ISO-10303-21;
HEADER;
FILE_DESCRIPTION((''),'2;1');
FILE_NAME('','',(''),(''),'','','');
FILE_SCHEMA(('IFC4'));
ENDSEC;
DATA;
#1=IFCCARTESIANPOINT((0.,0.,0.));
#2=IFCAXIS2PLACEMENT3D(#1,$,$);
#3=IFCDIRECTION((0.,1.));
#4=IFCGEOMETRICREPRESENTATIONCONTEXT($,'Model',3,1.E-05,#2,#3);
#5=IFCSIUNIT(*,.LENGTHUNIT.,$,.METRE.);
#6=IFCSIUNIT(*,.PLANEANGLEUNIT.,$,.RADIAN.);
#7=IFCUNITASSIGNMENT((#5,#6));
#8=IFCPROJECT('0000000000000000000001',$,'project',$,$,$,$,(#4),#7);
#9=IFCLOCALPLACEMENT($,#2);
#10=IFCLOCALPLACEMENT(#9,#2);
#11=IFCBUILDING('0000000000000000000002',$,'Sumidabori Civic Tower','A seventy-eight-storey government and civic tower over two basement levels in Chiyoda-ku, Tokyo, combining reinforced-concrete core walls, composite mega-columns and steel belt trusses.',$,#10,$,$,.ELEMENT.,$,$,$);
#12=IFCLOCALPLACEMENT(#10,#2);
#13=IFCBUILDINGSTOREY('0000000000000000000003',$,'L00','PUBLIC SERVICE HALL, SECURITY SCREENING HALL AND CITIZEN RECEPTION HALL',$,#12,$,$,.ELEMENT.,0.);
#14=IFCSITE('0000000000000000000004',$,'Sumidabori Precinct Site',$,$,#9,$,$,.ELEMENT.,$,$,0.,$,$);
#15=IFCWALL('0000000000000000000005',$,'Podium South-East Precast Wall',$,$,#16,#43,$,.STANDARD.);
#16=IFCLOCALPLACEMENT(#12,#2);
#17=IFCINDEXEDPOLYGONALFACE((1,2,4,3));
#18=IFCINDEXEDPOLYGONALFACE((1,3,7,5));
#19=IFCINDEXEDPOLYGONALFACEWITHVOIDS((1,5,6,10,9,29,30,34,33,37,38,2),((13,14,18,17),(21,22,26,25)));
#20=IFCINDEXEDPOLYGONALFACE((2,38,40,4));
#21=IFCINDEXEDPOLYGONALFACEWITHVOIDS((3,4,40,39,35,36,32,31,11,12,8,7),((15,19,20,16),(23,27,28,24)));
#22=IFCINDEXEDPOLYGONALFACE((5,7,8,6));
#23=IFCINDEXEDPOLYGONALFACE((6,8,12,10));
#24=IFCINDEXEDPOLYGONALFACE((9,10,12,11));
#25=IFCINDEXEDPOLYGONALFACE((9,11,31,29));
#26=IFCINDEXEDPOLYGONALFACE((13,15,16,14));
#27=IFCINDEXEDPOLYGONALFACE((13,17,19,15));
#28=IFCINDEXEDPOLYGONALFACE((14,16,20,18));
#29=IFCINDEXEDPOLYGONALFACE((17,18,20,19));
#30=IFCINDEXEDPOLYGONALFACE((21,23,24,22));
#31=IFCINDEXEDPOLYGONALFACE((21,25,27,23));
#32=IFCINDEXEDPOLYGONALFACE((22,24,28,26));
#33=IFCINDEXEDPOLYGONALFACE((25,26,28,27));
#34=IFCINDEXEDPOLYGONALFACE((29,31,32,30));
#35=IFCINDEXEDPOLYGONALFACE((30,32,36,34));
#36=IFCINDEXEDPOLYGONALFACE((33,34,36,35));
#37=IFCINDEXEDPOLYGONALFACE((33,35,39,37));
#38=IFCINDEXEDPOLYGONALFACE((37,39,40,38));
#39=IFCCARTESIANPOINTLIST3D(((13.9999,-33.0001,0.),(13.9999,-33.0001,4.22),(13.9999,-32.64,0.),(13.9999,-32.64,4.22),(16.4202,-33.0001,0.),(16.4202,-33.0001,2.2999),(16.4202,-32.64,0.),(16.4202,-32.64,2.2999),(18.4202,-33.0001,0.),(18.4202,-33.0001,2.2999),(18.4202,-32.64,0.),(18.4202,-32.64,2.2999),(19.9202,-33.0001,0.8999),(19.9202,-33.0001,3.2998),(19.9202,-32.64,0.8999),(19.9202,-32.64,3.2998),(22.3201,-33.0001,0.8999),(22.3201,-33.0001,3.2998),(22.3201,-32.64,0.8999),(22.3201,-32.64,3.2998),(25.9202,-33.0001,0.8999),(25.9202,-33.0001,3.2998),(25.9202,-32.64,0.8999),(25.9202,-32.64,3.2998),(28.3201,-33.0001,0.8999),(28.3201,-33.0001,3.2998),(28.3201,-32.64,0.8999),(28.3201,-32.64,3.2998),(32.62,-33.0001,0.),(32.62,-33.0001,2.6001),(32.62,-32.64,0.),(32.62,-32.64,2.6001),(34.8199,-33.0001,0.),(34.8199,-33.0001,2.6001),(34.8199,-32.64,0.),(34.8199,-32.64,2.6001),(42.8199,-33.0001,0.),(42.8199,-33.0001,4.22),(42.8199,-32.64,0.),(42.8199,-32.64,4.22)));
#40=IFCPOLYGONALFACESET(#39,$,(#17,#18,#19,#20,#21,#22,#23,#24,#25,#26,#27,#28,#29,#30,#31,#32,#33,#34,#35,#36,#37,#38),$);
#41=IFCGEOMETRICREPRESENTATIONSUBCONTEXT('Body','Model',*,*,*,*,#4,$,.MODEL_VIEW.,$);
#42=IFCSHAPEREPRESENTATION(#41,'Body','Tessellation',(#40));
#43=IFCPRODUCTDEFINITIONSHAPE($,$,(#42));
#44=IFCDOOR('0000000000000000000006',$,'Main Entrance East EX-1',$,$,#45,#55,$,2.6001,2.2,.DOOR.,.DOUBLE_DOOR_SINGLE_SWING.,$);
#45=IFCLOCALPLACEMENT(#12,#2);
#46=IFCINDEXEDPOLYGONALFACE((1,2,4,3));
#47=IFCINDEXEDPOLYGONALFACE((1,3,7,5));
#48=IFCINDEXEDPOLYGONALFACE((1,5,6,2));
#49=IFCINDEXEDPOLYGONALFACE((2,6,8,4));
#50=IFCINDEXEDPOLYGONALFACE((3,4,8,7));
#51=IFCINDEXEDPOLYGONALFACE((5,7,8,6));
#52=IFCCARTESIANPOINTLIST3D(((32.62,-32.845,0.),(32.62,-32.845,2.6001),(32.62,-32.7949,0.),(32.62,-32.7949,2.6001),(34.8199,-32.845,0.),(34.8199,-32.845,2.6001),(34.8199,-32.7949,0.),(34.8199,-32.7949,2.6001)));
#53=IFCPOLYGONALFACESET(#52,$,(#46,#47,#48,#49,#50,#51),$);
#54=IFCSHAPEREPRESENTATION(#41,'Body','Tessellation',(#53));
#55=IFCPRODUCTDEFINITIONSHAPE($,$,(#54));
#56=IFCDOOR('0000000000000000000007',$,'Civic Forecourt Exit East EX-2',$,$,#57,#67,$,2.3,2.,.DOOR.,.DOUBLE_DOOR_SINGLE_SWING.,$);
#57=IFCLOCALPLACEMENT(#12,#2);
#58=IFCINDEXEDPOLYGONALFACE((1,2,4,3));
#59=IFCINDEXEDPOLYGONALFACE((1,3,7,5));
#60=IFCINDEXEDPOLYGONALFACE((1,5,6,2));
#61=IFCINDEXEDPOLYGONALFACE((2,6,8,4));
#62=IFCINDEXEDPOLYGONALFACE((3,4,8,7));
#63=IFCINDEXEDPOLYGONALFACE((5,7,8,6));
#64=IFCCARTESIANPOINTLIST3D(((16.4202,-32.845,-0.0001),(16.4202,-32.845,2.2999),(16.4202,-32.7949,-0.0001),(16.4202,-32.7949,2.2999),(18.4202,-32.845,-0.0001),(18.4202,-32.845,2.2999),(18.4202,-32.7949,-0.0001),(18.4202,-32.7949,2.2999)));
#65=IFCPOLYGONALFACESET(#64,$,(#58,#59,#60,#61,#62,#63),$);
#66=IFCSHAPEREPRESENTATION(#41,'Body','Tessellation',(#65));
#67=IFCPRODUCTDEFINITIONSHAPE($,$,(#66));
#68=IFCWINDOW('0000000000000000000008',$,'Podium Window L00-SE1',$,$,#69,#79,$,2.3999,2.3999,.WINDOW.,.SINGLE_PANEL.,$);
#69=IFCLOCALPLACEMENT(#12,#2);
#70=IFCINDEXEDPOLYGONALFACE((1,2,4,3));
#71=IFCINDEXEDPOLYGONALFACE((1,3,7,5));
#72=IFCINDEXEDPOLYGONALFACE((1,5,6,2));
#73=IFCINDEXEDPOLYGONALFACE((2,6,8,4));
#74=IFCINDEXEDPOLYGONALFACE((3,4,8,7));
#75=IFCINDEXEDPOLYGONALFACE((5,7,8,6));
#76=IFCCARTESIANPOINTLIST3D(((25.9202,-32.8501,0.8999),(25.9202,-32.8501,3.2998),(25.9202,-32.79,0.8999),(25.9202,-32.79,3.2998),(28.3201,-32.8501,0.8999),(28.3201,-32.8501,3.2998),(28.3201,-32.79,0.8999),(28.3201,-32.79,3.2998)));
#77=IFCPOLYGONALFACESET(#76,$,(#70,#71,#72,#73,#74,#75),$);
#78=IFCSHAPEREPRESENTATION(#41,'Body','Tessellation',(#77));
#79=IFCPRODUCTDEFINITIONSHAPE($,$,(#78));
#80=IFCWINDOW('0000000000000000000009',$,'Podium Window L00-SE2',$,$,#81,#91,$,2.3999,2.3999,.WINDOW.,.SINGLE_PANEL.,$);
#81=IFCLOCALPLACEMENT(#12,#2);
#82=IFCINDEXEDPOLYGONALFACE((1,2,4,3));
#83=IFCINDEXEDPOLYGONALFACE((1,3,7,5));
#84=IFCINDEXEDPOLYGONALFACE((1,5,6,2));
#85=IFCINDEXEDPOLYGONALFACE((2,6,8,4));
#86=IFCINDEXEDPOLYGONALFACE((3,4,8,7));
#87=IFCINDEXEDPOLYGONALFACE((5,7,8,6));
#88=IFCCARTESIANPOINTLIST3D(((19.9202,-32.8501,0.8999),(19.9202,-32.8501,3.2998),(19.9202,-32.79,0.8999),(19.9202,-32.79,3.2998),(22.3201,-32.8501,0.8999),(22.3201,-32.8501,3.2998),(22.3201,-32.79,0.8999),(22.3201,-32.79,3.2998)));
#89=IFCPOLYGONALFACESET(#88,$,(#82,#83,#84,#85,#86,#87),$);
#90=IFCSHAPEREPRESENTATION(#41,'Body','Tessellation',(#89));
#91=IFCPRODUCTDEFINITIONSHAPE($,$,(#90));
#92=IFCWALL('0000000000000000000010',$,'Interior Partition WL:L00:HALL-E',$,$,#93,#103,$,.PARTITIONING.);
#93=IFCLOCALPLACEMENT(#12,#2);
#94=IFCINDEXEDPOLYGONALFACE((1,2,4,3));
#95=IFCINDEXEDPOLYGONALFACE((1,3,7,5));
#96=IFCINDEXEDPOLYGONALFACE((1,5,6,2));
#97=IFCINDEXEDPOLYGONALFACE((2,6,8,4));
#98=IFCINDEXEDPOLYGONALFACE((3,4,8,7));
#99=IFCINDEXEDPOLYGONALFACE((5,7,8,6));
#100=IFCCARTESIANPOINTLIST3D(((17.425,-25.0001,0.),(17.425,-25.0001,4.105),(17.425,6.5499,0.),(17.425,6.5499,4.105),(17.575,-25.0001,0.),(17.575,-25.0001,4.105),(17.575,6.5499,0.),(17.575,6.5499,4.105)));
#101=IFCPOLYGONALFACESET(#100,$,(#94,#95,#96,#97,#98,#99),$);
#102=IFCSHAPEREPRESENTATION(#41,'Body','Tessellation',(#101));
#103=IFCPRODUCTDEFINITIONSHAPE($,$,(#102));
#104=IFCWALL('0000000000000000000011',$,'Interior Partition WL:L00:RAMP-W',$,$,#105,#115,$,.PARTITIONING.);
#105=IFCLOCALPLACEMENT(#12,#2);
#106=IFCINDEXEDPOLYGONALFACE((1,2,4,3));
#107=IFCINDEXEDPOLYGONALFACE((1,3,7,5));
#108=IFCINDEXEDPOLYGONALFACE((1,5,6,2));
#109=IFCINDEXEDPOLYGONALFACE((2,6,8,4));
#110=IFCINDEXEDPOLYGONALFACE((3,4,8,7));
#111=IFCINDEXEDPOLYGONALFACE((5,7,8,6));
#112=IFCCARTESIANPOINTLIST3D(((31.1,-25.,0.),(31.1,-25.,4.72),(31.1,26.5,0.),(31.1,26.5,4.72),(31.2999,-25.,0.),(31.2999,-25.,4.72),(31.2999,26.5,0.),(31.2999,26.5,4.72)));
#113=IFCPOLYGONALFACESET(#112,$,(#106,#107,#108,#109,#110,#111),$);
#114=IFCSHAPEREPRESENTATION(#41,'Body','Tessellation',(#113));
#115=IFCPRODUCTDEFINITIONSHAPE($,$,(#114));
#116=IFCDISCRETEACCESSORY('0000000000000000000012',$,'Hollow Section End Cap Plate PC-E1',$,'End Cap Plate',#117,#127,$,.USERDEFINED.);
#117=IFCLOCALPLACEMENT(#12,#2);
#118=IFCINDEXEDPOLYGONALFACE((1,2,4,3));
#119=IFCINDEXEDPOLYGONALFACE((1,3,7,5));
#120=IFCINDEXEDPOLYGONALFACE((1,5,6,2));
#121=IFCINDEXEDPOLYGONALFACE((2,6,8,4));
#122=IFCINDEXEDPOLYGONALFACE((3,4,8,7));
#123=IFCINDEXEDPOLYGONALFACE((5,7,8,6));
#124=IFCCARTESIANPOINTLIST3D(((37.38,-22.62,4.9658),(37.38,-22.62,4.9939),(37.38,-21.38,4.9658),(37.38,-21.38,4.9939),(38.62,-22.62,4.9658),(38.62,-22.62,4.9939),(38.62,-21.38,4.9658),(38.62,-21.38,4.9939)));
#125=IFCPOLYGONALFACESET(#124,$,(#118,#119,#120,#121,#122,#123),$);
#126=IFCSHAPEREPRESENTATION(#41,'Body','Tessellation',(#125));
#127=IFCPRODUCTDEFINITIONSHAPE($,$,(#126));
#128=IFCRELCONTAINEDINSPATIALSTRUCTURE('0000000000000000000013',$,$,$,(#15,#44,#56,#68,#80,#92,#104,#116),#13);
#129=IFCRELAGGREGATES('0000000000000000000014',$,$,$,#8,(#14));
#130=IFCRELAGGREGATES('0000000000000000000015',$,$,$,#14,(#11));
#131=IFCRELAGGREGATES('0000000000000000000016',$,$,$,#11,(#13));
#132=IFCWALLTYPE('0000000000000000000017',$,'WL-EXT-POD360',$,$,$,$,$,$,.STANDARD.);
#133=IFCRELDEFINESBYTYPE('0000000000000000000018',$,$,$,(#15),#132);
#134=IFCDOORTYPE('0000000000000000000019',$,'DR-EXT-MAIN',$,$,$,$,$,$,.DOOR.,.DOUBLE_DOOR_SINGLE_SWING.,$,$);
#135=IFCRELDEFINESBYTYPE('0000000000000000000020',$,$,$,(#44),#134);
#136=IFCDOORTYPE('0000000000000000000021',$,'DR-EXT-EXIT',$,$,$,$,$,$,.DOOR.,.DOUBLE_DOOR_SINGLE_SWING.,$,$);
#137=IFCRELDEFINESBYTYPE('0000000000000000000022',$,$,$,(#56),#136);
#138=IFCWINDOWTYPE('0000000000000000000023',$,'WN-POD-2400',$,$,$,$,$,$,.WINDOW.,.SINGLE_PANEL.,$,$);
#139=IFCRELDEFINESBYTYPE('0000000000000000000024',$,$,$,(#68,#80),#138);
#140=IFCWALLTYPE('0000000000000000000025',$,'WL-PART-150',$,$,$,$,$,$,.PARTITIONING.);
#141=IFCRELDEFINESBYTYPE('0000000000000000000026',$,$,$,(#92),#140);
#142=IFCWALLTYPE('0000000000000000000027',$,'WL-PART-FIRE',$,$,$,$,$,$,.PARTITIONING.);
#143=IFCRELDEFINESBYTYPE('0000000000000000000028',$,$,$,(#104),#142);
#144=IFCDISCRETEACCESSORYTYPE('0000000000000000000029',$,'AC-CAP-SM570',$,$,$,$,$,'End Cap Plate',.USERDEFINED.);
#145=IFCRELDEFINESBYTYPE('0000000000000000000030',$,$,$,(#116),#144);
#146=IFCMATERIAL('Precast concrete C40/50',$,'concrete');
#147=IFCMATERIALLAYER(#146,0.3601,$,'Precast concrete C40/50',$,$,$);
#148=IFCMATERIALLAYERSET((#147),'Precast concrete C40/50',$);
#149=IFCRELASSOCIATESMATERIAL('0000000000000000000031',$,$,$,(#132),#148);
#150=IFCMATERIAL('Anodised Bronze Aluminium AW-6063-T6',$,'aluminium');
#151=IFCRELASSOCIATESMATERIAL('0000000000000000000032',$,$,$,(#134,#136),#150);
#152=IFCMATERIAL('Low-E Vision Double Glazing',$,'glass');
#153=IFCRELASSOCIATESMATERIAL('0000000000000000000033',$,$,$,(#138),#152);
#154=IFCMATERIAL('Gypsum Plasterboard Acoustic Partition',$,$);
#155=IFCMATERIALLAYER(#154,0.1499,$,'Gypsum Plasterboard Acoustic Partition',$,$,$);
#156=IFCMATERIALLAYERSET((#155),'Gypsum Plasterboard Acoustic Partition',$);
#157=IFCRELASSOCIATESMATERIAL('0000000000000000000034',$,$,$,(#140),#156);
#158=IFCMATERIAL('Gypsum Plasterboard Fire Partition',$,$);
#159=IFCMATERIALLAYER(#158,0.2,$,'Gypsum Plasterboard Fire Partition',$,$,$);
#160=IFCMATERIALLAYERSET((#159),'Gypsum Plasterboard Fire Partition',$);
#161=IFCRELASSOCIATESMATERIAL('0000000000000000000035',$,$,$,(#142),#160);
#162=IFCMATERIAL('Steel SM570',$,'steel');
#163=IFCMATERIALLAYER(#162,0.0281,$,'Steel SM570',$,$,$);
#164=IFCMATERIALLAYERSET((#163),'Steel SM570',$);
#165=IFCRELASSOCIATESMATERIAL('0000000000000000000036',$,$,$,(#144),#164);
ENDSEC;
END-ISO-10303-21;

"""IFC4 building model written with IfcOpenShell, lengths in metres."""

from ifc_helpers import new_model, si_unit, direction, frame, frame_2d, origin, origin_2d, place, context, subcontext, project, spatial, rectangle, extrude, source, transform, mapped, material, layer, layer_set, type_object, element, fill, save


model = new_model("IFC4")

# Units and contexts
model_context = context("Model", 3, precision=1e-05, world=origin(), true_north=direction((0.0, 1.0)))
body_context = subcontext(model_context, "Body", "Model", "MODEL_VIEW")
ifc_project = project(units=[si_unit("LENGTHUNIT", "METRE"), si_unit("PLANEANGLEUNIT", "RADIAN")], contexts=[model_context])

# Site, building, storey
site_placement = place(None, origin())
site = spatial("IfcSite", under=ifc_project, at=site_placement, Name="Sumidabori Precinct Site", CompositionType="ELEMENT", RefElevation=0.0)
building_placement = place(site_placement, origin())
building = spatial("IfcBuilding", under=site, at=building_placement, Name="Sumidabori Civic Tower", Description="A seventy-eight-storey government and civic tower over two basement levels in Chiyoda-ku, Tokyo, combining reinforced-concrete core walls, composite mega-columns and steel belt trusses.", CompositionType="ELEMENT")
storey_placement = place(building_placement, origin())
storey = spatial("IfcBuildingStorey", under=building, at=storey_placement, Name="L00", Description="PUBLIC SERVICE HALL, SECURITY SCREENING HALL AND CITIZEN RECEPTION HALL", CompositionType="ELEMENT", Elevation=0.0)

# Shared definitions
ifc_material_1 = material(Name="Steel SM570", Category="steel")

# Shared definitions
ifc_material_2 = material(Name="Anodised Bronze Aluminium AW-6063-T6", Category="aluminium")
ifc_material_3 = material(Name="Low-E Vision Double Glazing", Category="glass")

# Wall, openings, doors, windows
ifc_material_4 = material(Name="Precast concrete C40/50", Category="concrete")
ifc_layer_1 = layer(ifc_material_4, 0.3601, Name="Precast concrete C40/50")
ifc_layer_set_1 = layer_set([ifc_layer_1], Name="Precast concrete C40/50")
wall_type_1 = type_object("IfcWallType", Name="WL-EXT-POD360", PredefinedType="STANDARD", material=ifc_layer_set_1)
shared_shape_1 = source(origin(), body_context, "Body", "SweptSolid", [
    extrude(rectangle(XDim=28.8201, YDim=0.3601, at=frame_2d((14.4102, 0.0))), origin(), (0.0, 0.0, 1.0), 4.22),
])
wall_1_placement = place(storey_placement, frame((42.8201, -32.8201, 0.0), z_axis=(0.0, 0.0, 1.0), x_axis=(-1.0, 0.0, 0.0)))
wall_1 = element("IfcWall", 1, at=wall_1_placement, inside=storey, type_object=wall_type_1, Name="Podium South-East Precast Wall", PredefinedType="STANDARD", context=body_context, shape_type="MappedRepresentation", body=[
    mapped(shared_shape_1, transform((0.0, 0.0, 0.0), x_axis=(1.0, 0.0, 0.0), y_axis=(0.0, 1.0, 0.0), z_axis=(0.0, 0.0, 1.0), scale=1.0)),
])
opening_1_placement = place(wall_1_placement, frame((8.0, 0.0, 0.0)))
opening_1 = element("IfcOpeningElement", 2, at=opening_1_placement, cuts=wall_1, PredefinedType="OPENING", context=body_context, shape_type="SweptSolid", body=[
    extrude(rectangle(XDim=2.2, YDim=2.6001, at=frame_2d((1.1001, 1.3))), frame((0.0, 0.1919, 0.0), z_axis=(0.0, -1.0, 0.0), x_axis=(1.0, 0.0, 0.0)), (0.0, 0.0, 1.0), 0.384),
])
opening_2_placement = place(wall_1_placement, frame((24.3999, 0.0, 0.0)))
opening_2 = element("IfcOpeningElement", 3, at=opening_2_placement, cuts=wall_1, PredefinedType="OPENING", context=body_context, shape_type="SweptSolid", body=[
    extrude(rectangle(XDim=2.0, YDim=2.3, at=frame_2d((1.0, 1.1499))), frame((0.0, 0.1919, 0.0), z_axis=(0.0, -1.0, 0.0), x_axis=(1.0, 0.0, 0.0)), (0.0, 0.0, 1.0), 0.384),
])
opening_3_placement = place(wall_1_placement, frame((14.5, 0.0, 0.8999)))
opening_3 = element("IfcOpeningElement", 4, at=opening_3_placement, cuts=wall_1, PredefinedType="OPENING", context=body_context, shape_type="SweptSolid", body=[
    extrude(rectangle(XDim=2.3999, YDim=2.3999, at=frame_2d((1.2, 1.2))), frame((0.0, 0.1919, 0.0), z_axis=(0.0, -1.0, 0.0), x_axis=(1.0, 0.0, 0.0)), (0.0, 0.0, 1.0), 0.384),
])
opening_4_placement = place(wall_1_placement, frame((20.5, 0.0, 0.8999)))
opening_4 = element("IfcOpeningElement", 5, at=opening_4_placement, cuts=wall_1, PredefinedType="OPENING", context=body_context, shape_type="SweptSolid", body=[
    extrude(rectangle(XDim=2.3999, YDim=2.3999, at=frame_2d((1.2, 1.2))), frame((0.0, 0.1919, 0.0), z_axis=(0.0, -1.0, 0.0), x_axis=(1.0, 0.0, 0.0)), (0.0, 0.0, 1.0), 0.384),
])
door_type_1 = type_object("IfcDoorType", Name="DR-EXT-MAIN", OperationType="DOUBLE_DOOR_SINGLE_SWING", PredefinedType="DOOR", material=ifc_material_2)
shared_shape_2 = source(origin(), body_context, "Body", "SweptSolid", [
    extrude(rectangle(XDim=2.2, YDim=2.6001, at=frame_2d((1.1001, 1.3))), frame((0.0, 0.0249, 0.0), z_axis=(0.0, -1.0, 0.0), x_axis=(1.0, 0.0, 0.0)), (0.0, 0.0, 1.0), 0.05),
])
door_1_placement = place(opening_1_placement, origin())
door_1 = element("IfcDoor", 6, at=door_1_placement, inside=storey, type_object=door_type_1, Name="Main Entrance East EX-1", OperationType="DOUBLE_DOOR_SINGLE_SWING", OverallHeight=2.6001, OverallWidth=2.2, PredefinedType="DOOR", context=body_context, shape_type="MappedRepresentation", body=[
    mapped(shared_shape_2, transform((0.0, 0.0, 0.0), x_axis=(1.0, 0.0, 0.0), y_axis=(0.0, 1.0, 0.0), z_axis=(0.0, 0.0, 1.0), scale=1.0)),
])
fill(opening_1, door_1)
door_type_2 = type_object("IfcDoorType", Name="DR-EXT-EXIT", OperationType="DOUBLE_DOOR_SINGLE_SWING", PredefinedType="DOOR", material=ifc_material_2)
shared_shape_3 = source(origin(), body_context, "Body", "SweptSolid", [
    extrude(rectangle(XDim=2.0, YDim=2.3, at=frame_2d((1.0, 1.1499))), frame((0.0, 0.0249, 0.0), z_axis=(0.0, -1.0, 0.0), x_axis=(1.0, 0.0, 0.0)), (0.0, 0.0, 1.0), 0.05),
])
door_2_placement = place(opening_2_placement, origin())
door_2 = element("IfcDoor", 7, at=door_2_placement, inside=storey, type_object=door_type_2, Name="Civic Forecourt Exit East EX-2", OperationType="DOUBLE_DOOR_SINGLE_SWING", OverallHeight=2.3, OverallWidth=2.0, PredefinedType="DOOR", context=body_context, shape_type="MappedRepresentation", body=[
    mapped(shared_shape_3, transform((0.0, 0.0, 0.0), x_axis=(1.0, 0.0, 0.0), y_axis=(0.0, 1.0, 0.0), z_axis=(0.0, 0.0, 1.0), scale=1.0)),
])
fill(opening_2, door_2)
window_type = type_object("IfcWindowType", Name="WN-POD-2400", PartitioningType="SINGLE_PANEL", PredefinedType="WINDOW", material=ifc_material_3)
shared_shape_4 = source(origin(), body_context, "Body", "SweptSolid", [
    extrude(rectangle(XDim=2.3999, YDim=2.3999, at=frame_2d((1.2, 1.2))), frame((0.0, 0.03, 0.0), z_axis=(0.0, -1.0, 0.0), x_axis=(1.0, 0.0, 0.0)), (0.0, 0.0, 1.0), 0.0601),
])
window_1_placement = place(opening_3_placement, origin())
window_1 = element("IfcWindow", 8, at=window_1_placement, inside=storey, type_object=window_type, Name="Podium Window L00-SE1", OverallHeight=2.3999, OverallWidth=2.3999, PartitioningType="SINGLE_PANEL", PredefinedType="WINDOW", context=body_context, shape_type="MappedRepresentation", body=[
    mapped(shared_shape_4, transform((0.0, 0.0, 0.0), x_axis=(1.0, 0.0, 0.0), y_axis=(0.0, 1.0, 0.0), z_axis=(0.0, 0.0, 1.0), scale=1.0)),
])
fill(opening_3, window_1)
window_2_placement = place(opening_4_placement, origin())
window_2 = element("IfcWindow", 9, at=window_2_placement, inside=storey, type_object=window_type, Name="Podium Window L00-SE2", OverallHeight=2.3999, OverallWidth=2.3999, PartitioningType="SINGLE_PANEL", PredefinedType="WINDOW", context=body_context, shape_type="MappedRepresentation", body=[
    mapped(shared_shape_4, transform((0.0, 0.0, 0.0), x_axis=(1.0, 0.0, 0.0), y_axis=(0.0, 1.0, 0.0), z_axis=(0.0, 0.0, 1.0), scale=1.0)),
])
fill(opening_4, window_2)

# Walls
ifc_material_5 = material(Name="Gypsum Plasterboard Acoustic Partition")
ifc_layer_2 = layer(ifc_material_5, 0.1499, Name="Gypsum Plasterboard Acoustic Partition")
ifc_layer_set_2 = layer_set([ifc_layer_2], Name="Gypsum Plasterboard Acoustic Partition")
wall_type_2 = type_object("IfcWallType", Name="WL-PART-150", PredefinedType="PARTITIONING", material=ifc_layer_set_2)
shared_shape_5 = source(origin(), body_context, "Body", "SweptSolid", [
    extrude(rectangle(XDim=31.55, YDim=0.1499, at=frame_2d((15.7749, 0.0))), origin(), (0.0, 0.0, 1.0), 4.105),
])
wall_2_placement = place(storey_placement, frame((17.5, -25.0, 0.0), z_axis=(0.0, 0.0, 1.0), x_axis=(0.0, 1.0, 0.0)))
element("IfcWall", 10, at=wall_2_placement, inside=storey, type_object=wall_type_2, Name="Interior Partition WL:L00:HALL-E", PredefinedType="PARTITIONING", context=body_context, shape_type="MappedRepresentation", body=[
    mapped(shared_shape_5, transform((0.0, 0.0, 0.0), x_axis=(1.0, 0.0, 0.0), y_axis=(0.0, 1.0, 0.0), z_axis=(0.0, 0.0, 1.0), scale=1.0)),
])
ifc_material_6 = material(Name="Gypsum Plasterboard Fire Partition")
ifc_layer_3 = layer(ifc_material_6, 0.2, Name="Gypsum Plasterboard Fire Partition")
ifc_layer_set_3 = layer_set([ifc_layer_3], Name="Gypsum Plasterboard Fire Partition")
wall_type_3 = type_object("IfcWallType", Name="WL-PART-FIRE", PredefinedType="PARTITIONING", material=ifc_layer_set_3)
shared_shape_6 = source(origin(), body_context, "Body", "SweptSolid", [
    extrude(rectangle(XDim=51.5, YDim=0.2, at=frame_2d((25.75, 0.0))), origin(), (0.0, 0.0, 1.0), 4.72),
])
wall_3_placement = place(storey_placement, frame((31.2, -25.0, 0.0), z_axis=(0.0, 0.0, 1.0), x_axis=(0.0, 1.0, 0.0)))
element("IfcWall", 11, at=wall_3_placement, inside=storey, type_object=wall_type_3, Name="Interior Partition WL:L00:RAMP-W", PredefinedType="PARTITIONING", context=body_context, shape_type="MappedRepresentation", body=[
    mapped(shared_shape_6, transform((0.0, 0.0, 0.0), x_axis=(1.0, 0.0, 0.0), y_axis=(0.0, 1.0, 0.0), z_axis=(0.0, 0.0, 1.0), scale=1.0)),
])

# Discrete accessory
ifc_layer_4 = layer(ifc_material_1, 0.0281, Name="Steel SM570")
ifc_layer_set_4 = layer_set([ifc_layer_4], Name="Steel SM570")
discrete_accessory_type = type_object("IfcDiscreteAccessoryType", Name="AC-CAP-SM570", ElementType="End Cap Plate", PredefinedType="USERDEFINED", material=ifc_layer_set_4)
shared_shape_7 = source(origin(), body_context, "Body", "SweptSolid", [
    extrude(rectangle(XDim=1.24, YDim=1.24, at=origin_2d()), origin(), (0.0, 0.0, 1.0), 0.0281),
])
discrete_accessory_placement = place(storey_placement, frame((38.0, -22.0, 4.9658), z_axis=(0.0, 0.0, 1.0), x_axis=(1.0, 0.0, 0.0)))
element("IfcDiscreteAccessory", 12, at=discrete_accessory_placement, inside=storey, type_object=discrete_accessory_type, Name="Hollow Section End Cap Plate PC-E1", ObjectType="End Cap Plate", PredefinedType="USERDEFINED", context=body_context, shape_type="MappedRepresentation", body=[
    mapped(shared_shape_7, transform((0.0, 0.0, 0.0), x_axis=(1.0, 0.0, 0.0), y_axis=(0.0, 1.0, 0.0), z_axis=(0.0, 0.0, 1.0), scale=1.0)),
])

save(model, "model.ifc")
